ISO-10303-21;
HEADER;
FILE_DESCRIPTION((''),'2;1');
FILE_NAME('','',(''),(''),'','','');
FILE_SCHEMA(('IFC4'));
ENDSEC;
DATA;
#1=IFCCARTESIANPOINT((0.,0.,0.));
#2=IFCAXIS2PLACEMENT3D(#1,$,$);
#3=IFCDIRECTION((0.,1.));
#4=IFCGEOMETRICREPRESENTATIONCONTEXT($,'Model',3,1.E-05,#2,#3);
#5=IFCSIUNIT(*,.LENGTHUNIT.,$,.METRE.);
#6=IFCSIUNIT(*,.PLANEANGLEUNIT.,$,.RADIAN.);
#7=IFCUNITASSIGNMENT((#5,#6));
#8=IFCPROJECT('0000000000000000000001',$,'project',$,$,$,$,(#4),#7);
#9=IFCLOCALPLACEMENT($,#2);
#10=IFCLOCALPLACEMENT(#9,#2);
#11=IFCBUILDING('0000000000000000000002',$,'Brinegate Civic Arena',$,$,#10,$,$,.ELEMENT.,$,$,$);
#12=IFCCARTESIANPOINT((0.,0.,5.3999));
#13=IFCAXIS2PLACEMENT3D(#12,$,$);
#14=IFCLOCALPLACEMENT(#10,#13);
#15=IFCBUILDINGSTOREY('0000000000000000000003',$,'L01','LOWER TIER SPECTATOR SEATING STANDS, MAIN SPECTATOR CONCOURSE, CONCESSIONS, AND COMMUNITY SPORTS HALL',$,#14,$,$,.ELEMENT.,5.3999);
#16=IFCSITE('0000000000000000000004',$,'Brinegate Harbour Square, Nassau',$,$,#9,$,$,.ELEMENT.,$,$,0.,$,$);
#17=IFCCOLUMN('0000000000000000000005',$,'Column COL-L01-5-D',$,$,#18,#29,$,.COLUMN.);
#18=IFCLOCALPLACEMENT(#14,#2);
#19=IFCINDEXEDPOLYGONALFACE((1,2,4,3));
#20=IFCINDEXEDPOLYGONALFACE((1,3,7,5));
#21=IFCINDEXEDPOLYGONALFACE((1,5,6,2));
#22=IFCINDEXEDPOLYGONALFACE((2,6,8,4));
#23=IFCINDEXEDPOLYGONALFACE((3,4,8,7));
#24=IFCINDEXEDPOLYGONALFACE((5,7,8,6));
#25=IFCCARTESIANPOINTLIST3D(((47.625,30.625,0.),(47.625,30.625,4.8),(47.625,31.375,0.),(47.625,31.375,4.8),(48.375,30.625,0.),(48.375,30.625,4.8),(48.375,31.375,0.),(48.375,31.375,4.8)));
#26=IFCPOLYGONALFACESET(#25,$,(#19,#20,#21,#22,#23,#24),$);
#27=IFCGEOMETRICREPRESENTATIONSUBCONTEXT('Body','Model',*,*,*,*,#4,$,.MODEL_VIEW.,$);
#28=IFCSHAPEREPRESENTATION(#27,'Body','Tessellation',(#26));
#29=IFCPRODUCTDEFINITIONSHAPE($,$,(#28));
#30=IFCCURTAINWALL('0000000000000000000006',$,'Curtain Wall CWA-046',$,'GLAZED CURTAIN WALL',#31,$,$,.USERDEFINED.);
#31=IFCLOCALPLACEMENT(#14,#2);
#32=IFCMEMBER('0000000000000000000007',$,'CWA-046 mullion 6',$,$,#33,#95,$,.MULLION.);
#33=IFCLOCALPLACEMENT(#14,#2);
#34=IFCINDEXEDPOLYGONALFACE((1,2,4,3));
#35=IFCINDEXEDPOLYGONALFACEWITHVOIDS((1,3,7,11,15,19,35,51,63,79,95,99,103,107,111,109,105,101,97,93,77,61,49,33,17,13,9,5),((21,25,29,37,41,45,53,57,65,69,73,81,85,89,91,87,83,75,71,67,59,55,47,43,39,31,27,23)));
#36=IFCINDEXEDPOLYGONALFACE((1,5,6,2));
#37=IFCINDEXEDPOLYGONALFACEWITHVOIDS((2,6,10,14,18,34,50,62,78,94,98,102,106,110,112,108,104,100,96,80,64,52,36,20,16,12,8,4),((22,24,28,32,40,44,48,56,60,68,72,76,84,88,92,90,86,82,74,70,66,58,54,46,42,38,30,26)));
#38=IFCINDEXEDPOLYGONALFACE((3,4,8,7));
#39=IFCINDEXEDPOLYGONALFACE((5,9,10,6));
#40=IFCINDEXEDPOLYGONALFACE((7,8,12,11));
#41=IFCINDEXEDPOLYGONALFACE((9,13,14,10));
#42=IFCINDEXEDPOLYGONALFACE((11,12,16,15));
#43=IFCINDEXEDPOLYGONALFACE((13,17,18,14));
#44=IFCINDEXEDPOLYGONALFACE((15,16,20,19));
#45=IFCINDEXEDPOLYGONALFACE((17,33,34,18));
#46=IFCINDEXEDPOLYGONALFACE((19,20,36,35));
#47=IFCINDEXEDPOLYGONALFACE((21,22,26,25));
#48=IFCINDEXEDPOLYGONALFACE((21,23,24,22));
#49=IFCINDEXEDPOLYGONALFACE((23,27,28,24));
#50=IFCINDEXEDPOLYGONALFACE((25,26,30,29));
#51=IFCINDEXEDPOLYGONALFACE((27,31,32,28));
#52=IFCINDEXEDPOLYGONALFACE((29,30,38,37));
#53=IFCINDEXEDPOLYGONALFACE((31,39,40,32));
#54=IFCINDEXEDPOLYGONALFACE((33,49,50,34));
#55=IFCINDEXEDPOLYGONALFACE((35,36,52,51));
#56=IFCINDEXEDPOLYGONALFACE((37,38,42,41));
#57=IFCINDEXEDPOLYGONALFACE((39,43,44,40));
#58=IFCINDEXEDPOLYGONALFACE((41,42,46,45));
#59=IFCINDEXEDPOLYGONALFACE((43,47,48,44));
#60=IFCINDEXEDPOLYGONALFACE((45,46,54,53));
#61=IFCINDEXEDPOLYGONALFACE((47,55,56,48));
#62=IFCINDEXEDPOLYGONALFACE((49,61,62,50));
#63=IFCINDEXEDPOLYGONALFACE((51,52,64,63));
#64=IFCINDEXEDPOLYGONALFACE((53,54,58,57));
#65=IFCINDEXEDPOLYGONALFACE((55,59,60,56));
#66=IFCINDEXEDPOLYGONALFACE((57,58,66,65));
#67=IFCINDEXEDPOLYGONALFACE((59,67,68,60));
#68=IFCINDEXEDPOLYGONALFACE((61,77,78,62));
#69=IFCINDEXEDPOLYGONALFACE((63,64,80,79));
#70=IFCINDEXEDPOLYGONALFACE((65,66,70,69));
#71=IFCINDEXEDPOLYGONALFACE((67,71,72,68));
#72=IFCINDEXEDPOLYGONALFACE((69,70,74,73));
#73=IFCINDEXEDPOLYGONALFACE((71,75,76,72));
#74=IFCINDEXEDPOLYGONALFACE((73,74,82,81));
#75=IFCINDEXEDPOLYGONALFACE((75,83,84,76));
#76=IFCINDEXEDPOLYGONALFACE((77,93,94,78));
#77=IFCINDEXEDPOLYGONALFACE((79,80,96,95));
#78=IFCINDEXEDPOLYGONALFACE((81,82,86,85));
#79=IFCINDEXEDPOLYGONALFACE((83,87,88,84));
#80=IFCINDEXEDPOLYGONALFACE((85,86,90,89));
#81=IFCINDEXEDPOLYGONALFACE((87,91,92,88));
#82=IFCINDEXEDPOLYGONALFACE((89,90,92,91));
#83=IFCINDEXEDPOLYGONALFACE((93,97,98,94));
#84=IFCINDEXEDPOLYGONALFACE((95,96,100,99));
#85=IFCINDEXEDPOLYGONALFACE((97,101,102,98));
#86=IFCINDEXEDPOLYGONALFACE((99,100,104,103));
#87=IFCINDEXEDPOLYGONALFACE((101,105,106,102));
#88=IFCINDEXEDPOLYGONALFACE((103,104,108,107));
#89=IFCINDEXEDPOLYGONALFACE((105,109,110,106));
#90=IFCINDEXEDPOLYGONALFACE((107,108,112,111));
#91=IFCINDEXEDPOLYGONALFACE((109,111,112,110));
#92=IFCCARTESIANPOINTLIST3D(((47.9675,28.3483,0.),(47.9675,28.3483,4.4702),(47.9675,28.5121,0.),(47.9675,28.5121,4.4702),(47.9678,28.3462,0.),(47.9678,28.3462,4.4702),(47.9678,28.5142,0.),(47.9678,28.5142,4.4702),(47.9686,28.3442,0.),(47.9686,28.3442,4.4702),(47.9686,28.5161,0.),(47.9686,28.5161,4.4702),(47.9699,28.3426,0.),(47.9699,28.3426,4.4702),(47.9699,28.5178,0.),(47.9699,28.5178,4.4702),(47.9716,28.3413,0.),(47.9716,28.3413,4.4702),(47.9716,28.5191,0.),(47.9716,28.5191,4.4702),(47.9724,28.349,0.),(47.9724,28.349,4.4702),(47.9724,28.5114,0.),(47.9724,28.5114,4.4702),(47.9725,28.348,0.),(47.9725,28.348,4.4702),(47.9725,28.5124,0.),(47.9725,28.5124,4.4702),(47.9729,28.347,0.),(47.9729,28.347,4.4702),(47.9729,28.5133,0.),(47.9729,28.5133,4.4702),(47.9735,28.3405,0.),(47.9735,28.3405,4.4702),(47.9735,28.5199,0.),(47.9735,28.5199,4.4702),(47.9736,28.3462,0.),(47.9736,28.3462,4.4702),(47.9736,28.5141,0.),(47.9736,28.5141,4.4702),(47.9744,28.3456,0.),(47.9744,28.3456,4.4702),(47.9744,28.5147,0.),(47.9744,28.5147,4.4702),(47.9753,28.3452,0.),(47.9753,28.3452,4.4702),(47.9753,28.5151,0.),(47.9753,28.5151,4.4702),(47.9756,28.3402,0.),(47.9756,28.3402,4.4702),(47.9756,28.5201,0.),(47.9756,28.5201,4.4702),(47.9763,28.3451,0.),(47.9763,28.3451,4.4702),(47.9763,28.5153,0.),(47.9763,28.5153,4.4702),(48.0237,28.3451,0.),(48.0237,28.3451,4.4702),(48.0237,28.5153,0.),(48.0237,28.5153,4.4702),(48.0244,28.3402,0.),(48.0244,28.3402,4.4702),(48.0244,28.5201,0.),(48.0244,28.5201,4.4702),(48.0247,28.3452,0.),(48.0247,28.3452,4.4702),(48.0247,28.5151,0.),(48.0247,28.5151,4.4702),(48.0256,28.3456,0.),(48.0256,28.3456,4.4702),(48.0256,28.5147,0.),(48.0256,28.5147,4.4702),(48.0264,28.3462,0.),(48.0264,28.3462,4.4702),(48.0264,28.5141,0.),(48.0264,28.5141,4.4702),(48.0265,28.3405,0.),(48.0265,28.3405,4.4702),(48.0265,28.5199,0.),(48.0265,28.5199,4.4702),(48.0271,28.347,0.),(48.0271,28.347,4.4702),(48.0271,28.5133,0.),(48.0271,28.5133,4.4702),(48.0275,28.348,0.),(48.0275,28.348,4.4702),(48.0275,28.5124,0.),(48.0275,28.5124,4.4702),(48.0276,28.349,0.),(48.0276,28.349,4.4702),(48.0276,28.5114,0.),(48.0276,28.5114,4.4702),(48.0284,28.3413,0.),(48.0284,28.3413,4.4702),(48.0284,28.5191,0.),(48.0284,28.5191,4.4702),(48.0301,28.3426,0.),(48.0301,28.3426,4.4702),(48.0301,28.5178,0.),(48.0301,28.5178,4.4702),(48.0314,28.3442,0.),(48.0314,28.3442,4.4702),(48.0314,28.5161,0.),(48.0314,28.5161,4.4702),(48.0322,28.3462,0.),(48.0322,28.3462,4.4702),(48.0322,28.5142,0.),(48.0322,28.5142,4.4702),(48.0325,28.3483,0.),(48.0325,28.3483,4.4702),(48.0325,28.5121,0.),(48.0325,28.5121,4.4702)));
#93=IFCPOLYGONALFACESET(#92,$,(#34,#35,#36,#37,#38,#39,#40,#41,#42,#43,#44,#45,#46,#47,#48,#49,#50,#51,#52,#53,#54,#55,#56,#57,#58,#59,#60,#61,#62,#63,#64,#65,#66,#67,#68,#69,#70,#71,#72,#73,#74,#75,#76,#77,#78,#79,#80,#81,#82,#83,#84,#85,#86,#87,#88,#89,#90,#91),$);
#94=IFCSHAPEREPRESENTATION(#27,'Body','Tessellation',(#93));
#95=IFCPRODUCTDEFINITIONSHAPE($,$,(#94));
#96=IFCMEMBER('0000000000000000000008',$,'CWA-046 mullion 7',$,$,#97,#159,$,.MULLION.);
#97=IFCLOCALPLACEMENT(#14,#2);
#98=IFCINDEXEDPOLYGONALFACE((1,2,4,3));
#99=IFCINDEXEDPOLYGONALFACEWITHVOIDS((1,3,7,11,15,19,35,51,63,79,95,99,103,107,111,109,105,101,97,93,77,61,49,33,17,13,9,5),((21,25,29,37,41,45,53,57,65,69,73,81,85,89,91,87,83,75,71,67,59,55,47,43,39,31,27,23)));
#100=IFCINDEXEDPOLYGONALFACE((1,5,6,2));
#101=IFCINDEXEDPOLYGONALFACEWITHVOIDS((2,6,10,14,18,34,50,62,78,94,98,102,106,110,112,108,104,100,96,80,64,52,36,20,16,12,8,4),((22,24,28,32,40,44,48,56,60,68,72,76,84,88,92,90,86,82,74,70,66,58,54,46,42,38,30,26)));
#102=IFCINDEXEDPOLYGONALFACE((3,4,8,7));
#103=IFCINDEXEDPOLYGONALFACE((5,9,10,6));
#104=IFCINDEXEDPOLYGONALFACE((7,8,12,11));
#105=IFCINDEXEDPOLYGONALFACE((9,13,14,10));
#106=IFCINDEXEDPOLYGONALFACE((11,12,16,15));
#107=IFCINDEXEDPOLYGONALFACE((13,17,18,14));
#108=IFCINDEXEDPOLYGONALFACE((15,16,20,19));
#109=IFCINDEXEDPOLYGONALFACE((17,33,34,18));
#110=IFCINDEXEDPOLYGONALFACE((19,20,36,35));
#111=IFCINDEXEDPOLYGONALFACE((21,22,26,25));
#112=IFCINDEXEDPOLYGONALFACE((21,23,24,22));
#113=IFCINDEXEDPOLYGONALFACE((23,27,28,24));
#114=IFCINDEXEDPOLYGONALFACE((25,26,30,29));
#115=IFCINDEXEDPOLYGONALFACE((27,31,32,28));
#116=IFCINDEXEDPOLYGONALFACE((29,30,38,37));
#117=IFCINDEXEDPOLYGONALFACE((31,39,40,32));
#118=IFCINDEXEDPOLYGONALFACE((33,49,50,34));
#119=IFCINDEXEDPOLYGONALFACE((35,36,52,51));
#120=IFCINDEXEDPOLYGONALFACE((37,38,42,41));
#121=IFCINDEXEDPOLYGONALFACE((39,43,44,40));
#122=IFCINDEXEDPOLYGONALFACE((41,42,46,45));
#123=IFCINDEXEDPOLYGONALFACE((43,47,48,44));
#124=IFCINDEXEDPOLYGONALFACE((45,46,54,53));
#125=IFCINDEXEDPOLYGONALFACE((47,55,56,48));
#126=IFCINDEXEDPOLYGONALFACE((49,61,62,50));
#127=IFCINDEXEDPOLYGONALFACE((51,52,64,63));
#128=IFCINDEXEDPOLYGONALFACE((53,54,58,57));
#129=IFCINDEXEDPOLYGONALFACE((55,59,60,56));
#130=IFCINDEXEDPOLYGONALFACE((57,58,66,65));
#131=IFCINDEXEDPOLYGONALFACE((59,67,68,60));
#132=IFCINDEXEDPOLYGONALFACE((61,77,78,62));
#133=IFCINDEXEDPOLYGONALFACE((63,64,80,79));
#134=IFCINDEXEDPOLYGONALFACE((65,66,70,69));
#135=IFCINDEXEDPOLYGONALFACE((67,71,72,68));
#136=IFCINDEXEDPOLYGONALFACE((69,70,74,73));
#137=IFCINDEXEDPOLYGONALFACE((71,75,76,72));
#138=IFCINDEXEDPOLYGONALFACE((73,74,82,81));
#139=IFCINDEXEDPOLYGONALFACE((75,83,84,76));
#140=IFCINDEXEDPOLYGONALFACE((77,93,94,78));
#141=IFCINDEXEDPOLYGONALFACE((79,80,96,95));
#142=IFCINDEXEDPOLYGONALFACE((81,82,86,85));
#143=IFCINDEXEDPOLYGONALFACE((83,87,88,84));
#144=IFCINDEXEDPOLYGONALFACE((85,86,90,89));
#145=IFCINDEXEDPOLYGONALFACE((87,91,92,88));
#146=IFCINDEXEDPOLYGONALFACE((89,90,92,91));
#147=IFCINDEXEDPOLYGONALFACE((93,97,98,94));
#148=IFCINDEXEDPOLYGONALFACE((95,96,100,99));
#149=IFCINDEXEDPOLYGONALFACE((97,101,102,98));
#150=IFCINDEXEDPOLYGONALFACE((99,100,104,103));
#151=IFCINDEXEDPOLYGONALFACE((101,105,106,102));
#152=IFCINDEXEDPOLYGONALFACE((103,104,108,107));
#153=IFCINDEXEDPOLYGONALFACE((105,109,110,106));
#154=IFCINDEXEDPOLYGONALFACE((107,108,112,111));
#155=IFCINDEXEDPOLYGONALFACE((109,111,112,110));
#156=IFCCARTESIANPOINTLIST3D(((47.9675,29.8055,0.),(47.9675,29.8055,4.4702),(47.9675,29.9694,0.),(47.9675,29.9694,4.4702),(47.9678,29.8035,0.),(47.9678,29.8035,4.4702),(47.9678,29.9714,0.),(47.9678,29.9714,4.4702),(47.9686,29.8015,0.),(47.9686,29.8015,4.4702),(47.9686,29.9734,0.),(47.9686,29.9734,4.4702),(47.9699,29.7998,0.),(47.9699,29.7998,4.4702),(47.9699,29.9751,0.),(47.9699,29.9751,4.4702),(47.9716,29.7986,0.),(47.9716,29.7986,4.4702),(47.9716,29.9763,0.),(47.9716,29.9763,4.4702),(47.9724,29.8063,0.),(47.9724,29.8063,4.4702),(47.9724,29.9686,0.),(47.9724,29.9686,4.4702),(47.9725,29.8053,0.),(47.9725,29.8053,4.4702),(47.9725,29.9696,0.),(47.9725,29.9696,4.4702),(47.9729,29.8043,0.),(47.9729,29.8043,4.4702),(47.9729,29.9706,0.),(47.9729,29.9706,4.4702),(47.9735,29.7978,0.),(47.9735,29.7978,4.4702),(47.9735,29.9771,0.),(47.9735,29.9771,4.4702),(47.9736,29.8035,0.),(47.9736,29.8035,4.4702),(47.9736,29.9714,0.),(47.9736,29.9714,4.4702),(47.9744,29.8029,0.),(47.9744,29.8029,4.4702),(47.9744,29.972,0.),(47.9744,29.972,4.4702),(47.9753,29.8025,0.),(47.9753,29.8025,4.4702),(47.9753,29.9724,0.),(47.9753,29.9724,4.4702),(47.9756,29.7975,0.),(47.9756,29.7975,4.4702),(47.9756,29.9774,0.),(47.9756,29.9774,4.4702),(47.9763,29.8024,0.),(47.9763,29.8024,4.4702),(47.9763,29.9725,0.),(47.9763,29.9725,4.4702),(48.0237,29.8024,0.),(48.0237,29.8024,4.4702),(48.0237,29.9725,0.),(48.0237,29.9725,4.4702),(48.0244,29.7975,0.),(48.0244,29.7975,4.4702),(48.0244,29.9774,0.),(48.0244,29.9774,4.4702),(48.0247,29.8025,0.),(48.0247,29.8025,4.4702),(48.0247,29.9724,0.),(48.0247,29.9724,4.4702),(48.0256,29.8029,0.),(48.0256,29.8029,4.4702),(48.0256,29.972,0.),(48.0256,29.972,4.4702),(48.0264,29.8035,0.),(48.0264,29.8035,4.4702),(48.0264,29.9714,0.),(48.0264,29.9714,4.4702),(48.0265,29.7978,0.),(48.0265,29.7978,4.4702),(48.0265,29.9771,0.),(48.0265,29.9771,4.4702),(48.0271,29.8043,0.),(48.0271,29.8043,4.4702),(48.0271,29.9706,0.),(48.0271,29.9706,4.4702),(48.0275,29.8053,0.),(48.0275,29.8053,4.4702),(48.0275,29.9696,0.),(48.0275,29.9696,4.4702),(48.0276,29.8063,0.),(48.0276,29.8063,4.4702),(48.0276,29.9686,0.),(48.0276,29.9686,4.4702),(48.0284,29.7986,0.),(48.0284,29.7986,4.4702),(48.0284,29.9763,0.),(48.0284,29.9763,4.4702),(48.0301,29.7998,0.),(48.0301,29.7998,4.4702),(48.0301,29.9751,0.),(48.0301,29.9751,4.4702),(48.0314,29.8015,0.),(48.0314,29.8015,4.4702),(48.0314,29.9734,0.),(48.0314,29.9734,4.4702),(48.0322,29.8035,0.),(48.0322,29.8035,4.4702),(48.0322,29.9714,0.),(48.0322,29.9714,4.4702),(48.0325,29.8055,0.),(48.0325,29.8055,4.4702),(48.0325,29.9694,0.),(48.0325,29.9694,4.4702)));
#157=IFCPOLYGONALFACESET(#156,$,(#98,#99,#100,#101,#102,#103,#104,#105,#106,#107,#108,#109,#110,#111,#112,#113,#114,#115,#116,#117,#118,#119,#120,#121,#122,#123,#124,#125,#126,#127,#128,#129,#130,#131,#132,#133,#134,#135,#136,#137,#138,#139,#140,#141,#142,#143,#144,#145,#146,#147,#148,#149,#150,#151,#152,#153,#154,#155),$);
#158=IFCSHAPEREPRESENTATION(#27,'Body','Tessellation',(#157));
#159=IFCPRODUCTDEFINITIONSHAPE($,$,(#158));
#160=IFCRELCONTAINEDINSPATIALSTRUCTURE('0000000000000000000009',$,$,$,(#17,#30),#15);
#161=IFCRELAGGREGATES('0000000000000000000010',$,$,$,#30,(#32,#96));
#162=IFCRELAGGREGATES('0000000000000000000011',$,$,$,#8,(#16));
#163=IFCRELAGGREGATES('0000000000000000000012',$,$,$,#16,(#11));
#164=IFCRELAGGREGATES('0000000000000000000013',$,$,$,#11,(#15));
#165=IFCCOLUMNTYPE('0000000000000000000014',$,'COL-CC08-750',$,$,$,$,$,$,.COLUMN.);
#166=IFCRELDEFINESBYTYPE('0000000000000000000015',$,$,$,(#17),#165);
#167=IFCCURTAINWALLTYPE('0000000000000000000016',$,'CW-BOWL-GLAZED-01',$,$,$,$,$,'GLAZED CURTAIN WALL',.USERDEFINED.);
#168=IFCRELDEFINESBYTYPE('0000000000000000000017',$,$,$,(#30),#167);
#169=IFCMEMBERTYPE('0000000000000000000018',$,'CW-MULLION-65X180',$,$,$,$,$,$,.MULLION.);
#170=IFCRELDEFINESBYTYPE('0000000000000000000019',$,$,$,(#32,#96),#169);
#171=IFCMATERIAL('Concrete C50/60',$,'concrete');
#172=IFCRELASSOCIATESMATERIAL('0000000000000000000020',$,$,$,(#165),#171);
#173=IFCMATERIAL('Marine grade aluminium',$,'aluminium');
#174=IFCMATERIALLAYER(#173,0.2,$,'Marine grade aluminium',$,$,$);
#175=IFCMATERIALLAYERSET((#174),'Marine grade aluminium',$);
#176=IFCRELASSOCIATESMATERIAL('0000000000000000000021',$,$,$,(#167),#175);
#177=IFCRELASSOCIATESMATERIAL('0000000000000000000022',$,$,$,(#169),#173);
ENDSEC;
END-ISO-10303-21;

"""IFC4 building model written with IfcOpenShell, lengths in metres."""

from ifc_helpers import new_model, si_unit, direction, frame, origin, origin_2d, place, context, subcontext, project, spatial, rectangle, hollow_rectangle, extrude, material, layer, layer_set, material_profile, profile_set, type_object, element, aggregate, save


model = new_model("IFC4")

# Units and contexts
model_context = context("Model", 3, precision=1e-05, world=origin(), true_north=direction((0.0, 1.0)))
body_context = subcontext(model_context, "Body", "Model", "MODEL_VIEW")
ifc_project = project(units=[si_unit("LENGTHUNIT", "METRE"), si_unit("PLANEANGLEUNIT", "RADIAN")], contexts=[model_context])

# Site, building, storey
site_placement = place(None, origin())
site = spatial("IfcSite", under=ifc_project, at=site_placement, Name="Brinegate Harbour Square, Nassau", CompositionType="ELEMENT", RefElevation=0.0)
building_placement = place(site_placement, origin())
building = spatial("IfcBuilding", under=site, at=building_placement, Name="Brinegate Civic Arena", CompositionType="ELEMENT")
storey_placement = place(building_placement, frame((0.0, 0.0, 5.3999)))
storey = spatial("IfcBuildingStorey", under=building, at=storey_placement, Name="L01", Description="LOWER TIER SPECTATOR SEATING STANDS, MAIN SPECTATOR CONCOURSE, CONCESSIONS, AND COMMUNITY SPORTS HALL", CompositionType="ELEMENT", Elevation=5.3999)

# Column
ifc_material_1 = material(Name="Concrete C50/60", Category="concrete")
ifc_material_profile_1 = material_profile(ifc_material_1, rectangle(XDim=0.75, YDim=0.75, at=origin_2d()), Name="RC750X750")
ifc_profile_set_1 = profile_set([ifc_material_profile_1], Name="Concrete C50/60")
column_type = type_object("IfcColumnType", Name="COL-CC08-750", PredefinedType="COLUMN", material=ifc_profile_set_1)
column_placement = place(storey_placement, frame((48.0, 31.0, 0.0), z_axis=(0.0, 0.0, 1.0), x_axis=(1.0, 0.0, 0.0)))
element("IfcColumn", 1, at=column_placement, inside=storey, type_object=column_type, Name="Column COL-L01-5-D", PredefinedType="COLUMN", context=body_context, shape_type="SweptSolid", body=[
    extrude(rectangle(XDim=0.75, YDim=0.75, at=origin_2d()), origin(), (0.0, 0.0, 1.0), 4.8),
])

# Curtain wall, members
ifc_material_2 = material(Name="Marine grade aluminium", Category="aluminium")
ifc_layer_1 = layer(ifc_material_2, 0.2, Name="Marine grade aluminium")
ifc_layer_set_1 = layer_set([ifc_layer_1], Name="Marine grade aluminium")
curtain_wall_type = type_object("IfcCurtainWallType", Name="CW-BOWL-GLAZED-01", ElementType="GLAZED CURTAIN WALL", PredefinedType="USERDEFINED", material=ifc_layer_set_1)
curtain_wall_1_placement = place(storey_placement, origin())
curtain_wall_1 = element("IfcCurtainWall", 2, at=curtain_wall_1_placement, inside=storey, type_object=curtain_wall_type, Name="Curtain Wall CWA-046", ObjectType="GLAZED CURTAIN WALL", PredefinedType="USERDEFINED")
ifc_material_profile_2 = material_profile(ifc_material_2, hollow_rectangle(XDim=0.0649, YDim=0.1799, WallThickness=0.0049, InnerFilletRadius=0.0039, OuterFilletRadius=0.0081, at=origin_2d()), Name="MUL65X180")
ifc_profile_set_2 = profile_set([ifc_material_profile_2], Name="Marine grade aluminium")
member_type_1 = type_object("IfcMemberType", Name="CW-MULLION-65X180", PredefinedType="MULLION", material=ifc_profile_set_2)
member_1_placement = place(storey_placement, frame((48.0, 28.4302, 0.0), z_axis=(0.0, 0.0, 1.0), x_axis=(-1.0, 0.0, 0.0)))
member_1 = element("IfcMember", 3, at=member_1_placement, type_object=member_type_1, Name="CWA-046 mullion 6", PredefinedType="MULLION", context=body_context, shape_type="SweptSolid", body=[
    extrude(hollow_rectangle(XDim=0.0649, YDim=0.1799, WallThickness=0.0049, InnerFilletRadius=0.0039, OuterFilletRadius=0.0081, at=origin_2d()), origin(), (0.0, 0.0, 1.0), 4.4702),
])
member_2_placement = place(storey_placement, frame((48.0, 29.8875, 0.0), z_axis=(0.0, 0.0, 1.0), x_axis=(-1.0, 0.0, 0.0)))
member_2 = element("IfcMember", 4, at=member_2_placement, type_object=member_type_1, Name="CWA-046 mullion 7", PredefinedType="MULLION", context=body_context, shape_type="SweptSolid", body=[
    extrude(hollow_rectangle(XDim=0.0649, YDim=0.1799, WallThickness=0.0049, InnerFilletRadius=0.0039, OuterFilletRadius=0.0081, at=origin_2d()), origin(), (0.0, 0.0, 1.0), 4.4702),
])

aggregate(curtain_wall_1, [member_1, member_2])

save(model, "model.ifc")
